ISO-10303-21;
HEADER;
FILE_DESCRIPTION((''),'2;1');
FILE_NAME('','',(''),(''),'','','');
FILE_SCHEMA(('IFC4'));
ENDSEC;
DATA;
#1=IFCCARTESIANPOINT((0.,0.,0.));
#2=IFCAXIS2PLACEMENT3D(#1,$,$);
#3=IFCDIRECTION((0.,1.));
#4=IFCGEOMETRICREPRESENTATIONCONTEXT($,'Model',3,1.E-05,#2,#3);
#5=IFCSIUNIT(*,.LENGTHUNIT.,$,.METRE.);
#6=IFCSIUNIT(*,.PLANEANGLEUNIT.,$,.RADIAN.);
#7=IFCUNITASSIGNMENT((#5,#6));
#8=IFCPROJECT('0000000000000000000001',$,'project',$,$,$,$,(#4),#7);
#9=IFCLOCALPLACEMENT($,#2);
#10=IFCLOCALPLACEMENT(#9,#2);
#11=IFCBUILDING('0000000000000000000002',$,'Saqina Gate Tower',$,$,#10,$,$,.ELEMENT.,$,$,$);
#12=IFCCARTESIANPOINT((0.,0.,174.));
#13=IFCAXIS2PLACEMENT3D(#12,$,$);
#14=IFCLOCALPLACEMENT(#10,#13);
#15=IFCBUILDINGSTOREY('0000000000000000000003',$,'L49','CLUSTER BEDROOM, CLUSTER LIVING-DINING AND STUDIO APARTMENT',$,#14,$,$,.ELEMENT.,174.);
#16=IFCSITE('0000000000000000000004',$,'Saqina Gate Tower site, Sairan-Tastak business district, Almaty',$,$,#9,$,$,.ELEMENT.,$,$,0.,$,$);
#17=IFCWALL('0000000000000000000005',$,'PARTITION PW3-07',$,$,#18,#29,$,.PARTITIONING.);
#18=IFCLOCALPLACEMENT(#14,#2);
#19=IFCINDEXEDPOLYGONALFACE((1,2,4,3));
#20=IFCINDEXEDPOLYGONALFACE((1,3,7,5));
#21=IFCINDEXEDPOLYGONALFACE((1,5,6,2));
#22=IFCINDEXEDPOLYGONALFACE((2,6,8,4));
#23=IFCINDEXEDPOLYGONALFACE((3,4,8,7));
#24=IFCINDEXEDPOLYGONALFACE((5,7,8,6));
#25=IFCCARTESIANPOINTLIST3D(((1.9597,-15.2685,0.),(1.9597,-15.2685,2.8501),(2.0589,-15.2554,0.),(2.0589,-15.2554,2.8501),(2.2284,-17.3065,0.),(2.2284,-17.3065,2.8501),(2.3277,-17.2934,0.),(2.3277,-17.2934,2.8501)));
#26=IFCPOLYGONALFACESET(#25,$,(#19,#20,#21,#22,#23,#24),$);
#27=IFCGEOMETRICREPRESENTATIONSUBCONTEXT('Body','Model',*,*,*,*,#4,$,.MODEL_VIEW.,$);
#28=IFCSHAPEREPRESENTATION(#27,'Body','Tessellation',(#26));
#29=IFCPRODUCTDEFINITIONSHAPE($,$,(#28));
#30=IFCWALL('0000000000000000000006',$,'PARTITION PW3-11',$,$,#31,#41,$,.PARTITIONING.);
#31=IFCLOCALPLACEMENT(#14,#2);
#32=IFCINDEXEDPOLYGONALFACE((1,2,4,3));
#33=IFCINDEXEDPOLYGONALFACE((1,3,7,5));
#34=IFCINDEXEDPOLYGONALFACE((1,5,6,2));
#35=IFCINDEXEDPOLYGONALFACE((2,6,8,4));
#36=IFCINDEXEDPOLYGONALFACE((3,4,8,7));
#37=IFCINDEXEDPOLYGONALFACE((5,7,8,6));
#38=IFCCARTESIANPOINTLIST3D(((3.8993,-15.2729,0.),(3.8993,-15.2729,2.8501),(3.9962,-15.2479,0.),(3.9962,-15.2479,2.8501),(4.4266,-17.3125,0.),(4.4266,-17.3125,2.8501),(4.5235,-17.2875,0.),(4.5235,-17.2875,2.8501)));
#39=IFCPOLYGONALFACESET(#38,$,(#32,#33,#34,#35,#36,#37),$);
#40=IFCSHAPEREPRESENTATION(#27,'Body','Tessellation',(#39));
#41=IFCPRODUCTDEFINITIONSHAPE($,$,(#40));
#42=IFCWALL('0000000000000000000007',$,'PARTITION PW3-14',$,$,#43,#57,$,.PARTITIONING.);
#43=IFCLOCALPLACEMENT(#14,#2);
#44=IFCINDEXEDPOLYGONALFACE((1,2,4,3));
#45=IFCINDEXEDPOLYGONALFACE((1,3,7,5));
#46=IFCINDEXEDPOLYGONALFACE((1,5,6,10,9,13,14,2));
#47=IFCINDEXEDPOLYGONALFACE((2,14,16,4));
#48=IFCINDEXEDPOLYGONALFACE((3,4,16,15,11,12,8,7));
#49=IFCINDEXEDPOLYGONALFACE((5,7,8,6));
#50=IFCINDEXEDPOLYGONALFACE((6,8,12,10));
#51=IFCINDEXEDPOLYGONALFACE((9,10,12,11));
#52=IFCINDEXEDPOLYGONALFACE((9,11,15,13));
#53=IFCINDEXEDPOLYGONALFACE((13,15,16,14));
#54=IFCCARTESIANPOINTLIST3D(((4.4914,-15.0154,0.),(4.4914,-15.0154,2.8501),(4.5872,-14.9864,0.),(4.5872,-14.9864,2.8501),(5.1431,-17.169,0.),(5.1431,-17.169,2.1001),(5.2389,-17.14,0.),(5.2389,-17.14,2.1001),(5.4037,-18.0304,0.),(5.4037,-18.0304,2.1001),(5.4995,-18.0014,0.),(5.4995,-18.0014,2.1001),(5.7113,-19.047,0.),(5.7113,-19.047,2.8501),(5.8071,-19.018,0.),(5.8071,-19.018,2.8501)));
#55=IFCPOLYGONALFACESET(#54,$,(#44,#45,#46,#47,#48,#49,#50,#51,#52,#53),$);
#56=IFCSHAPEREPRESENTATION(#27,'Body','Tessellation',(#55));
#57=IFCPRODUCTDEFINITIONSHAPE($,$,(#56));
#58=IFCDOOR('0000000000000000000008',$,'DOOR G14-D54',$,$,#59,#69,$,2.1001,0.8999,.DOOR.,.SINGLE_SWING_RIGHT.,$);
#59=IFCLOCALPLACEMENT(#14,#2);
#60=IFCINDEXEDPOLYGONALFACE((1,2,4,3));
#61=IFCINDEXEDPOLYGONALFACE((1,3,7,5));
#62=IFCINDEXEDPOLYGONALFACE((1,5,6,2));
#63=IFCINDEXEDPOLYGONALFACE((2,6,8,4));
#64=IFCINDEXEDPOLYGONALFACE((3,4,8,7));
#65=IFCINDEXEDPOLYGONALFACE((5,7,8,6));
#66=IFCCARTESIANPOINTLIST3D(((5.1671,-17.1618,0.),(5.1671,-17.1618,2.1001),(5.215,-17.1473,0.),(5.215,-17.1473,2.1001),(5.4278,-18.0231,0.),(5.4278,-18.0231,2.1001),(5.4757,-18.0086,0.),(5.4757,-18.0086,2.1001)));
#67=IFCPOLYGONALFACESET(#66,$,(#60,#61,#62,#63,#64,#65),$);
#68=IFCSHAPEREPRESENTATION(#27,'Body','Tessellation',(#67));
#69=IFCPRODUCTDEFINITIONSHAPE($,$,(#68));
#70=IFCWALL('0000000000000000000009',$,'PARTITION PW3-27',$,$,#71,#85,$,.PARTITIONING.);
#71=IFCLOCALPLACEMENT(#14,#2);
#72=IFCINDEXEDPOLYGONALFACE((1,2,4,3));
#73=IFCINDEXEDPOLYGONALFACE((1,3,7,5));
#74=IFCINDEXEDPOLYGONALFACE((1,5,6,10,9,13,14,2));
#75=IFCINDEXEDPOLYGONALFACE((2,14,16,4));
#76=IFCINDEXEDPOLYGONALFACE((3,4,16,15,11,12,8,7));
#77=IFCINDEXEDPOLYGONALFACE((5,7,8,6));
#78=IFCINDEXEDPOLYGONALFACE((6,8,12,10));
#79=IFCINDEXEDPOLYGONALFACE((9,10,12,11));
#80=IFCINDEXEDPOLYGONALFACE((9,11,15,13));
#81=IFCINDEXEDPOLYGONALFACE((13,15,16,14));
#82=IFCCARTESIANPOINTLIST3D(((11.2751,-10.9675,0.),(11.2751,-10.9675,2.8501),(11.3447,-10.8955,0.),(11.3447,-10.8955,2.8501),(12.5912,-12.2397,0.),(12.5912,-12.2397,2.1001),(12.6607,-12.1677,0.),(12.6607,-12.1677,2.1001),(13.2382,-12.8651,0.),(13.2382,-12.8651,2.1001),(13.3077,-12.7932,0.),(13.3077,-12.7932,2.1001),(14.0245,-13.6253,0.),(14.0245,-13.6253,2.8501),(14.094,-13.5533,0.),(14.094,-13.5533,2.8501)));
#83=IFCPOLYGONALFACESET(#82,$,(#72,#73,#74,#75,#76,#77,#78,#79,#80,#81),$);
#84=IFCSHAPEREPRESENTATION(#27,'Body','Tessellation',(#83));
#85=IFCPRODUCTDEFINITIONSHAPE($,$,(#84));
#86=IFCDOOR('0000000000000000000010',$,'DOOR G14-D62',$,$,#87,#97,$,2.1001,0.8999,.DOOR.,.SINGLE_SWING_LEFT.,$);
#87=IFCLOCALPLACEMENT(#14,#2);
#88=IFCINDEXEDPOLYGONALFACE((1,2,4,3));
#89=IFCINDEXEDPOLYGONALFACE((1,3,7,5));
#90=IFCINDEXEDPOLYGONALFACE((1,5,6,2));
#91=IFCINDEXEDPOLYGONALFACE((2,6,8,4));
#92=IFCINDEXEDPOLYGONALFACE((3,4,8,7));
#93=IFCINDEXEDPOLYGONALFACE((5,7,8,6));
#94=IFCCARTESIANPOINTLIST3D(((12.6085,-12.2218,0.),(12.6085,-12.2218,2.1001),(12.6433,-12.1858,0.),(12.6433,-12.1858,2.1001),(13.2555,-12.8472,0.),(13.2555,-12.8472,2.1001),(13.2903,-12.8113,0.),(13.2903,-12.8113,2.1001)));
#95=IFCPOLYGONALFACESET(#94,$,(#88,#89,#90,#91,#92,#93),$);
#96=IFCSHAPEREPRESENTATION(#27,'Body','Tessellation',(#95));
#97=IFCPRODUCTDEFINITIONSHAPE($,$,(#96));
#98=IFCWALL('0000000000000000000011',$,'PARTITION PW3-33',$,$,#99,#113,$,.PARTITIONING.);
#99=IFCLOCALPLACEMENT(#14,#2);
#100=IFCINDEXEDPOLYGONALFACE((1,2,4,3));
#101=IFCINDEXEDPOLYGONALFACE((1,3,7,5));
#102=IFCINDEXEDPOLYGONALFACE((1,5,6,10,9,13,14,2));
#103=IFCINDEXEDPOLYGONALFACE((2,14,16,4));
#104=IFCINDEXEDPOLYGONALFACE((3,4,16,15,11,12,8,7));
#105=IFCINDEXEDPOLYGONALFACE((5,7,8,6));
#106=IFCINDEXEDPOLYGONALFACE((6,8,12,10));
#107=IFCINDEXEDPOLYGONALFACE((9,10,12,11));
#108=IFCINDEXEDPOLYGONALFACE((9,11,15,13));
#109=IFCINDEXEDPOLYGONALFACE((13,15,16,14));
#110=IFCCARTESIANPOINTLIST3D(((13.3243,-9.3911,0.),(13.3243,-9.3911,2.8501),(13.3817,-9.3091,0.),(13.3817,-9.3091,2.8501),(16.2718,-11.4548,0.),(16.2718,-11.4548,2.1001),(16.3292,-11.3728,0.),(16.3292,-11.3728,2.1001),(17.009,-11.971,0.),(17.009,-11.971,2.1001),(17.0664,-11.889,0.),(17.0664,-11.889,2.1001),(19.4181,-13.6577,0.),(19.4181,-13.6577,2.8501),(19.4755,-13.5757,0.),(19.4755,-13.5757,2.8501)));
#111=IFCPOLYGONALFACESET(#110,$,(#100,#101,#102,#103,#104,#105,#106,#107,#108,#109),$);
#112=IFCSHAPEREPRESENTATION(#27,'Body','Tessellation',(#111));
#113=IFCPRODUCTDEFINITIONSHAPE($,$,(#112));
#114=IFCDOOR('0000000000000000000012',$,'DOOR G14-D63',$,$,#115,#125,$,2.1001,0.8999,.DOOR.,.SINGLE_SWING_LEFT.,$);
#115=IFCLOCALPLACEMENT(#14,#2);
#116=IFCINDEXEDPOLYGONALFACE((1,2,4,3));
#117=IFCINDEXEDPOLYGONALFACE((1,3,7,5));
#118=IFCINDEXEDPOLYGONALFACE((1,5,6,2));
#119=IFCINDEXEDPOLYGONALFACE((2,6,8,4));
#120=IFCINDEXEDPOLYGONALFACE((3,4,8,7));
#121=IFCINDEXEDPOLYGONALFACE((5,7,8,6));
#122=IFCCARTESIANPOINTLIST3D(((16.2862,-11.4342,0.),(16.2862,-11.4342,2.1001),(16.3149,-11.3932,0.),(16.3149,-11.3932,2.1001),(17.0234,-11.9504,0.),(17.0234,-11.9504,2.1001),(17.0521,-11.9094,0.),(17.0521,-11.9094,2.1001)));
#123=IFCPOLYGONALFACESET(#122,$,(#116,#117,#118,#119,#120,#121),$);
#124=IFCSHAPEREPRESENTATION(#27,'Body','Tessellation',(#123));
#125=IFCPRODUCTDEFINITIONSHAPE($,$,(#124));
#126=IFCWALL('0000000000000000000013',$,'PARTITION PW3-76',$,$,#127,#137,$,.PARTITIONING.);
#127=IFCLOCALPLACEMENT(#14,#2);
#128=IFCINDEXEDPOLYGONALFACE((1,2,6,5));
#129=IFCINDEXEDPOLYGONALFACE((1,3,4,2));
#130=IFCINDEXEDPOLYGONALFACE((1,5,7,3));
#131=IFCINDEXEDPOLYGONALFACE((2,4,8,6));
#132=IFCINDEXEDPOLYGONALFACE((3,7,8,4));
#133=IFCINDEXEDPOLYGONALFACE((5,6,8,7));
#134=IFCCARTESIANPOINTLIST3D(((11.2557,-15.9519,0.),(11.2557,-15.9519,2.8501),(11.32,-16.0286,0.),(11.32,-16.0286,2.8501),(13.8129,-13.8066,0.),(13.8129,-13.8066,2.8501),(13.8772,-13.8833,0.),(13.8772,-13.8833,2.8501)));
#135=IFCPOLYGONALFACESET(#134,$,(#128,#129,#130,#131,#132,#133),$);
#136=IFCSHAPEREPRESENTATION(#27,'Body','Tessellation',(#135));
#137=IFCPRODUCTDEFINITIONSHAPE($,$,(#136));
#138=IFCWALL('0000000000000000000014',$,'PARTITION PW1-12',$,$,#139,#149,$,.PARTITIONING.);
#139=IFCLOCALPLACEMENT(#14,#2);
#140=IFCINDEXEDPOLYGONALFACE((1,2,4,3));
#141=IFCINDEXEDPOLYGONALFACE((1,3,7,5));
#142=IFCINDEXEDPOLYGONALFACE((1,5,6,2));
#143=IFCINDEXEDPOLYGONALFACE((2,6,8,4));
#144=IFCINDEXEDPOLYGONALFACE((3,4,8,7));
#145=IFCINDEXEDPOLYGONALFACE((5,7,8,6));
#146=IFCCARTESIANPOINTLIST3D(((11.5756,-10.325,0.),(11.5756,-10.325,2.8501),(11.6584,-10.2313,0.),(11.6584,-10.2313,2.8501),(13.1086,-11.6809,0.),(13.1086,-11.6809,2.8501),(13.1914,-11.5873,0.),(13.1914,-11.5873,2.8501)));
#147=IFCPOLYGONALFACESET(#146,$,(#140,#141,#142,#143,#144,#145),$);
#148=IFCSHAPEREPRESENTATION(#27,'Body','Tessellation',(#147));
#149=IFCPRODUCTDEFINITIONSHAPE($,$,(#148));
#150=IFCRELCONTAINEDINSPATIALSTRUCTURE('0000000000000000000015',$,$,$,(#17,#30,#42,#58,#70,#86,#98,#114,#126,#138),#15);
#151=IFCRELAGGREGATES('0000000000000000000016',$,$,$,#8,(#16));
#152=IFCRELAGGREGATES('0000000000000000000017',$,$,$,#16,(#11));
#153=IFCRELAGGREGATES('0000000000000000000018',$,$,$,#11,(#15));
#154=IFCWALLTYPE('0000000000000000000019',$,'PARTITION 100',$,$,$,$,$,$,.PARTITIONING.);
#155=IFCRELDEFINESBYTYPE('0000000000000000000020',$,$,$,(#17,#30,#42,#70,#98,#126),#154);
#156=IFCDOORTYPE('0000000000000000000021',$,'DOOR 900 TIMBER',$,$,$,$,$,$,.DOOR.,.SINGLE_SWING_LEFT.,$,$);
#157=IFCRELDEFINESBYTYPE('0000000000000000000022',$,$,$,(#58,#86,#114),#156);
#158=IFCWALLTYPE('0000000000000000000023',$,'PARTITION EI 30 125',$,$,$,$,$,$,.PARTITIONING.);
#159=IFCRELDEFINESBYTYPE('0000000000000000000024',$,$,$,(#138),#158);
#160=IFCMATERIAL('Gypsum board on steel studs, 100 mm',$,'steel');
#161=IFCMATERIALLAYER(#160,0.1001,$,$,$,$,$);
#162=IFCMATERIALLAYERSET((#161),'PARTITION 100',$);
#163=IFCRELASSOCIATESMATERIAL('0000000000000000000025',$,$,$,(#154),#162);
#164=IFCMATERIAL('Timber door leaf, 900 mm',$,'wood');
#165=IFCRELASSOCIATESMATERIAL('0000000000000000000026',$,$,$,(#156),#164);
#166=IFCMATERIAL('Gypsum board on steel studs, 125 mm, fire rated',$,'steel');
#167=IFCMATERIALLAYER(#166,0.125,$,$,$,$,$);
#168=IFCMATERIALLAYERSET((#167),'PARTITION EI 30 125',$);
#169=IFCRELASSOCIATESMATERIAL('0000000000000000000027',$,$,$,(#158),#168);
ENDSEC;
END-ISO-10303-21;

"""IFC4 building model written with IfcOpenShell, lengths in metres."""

from ifc_helpers import new_model, si_unit, direction, frame, frame_2d, origin, place, context, subcontext, project, spatial, rectangle, extrude, material, layer, layer_set, type_object, element, fill, save


model = new_model("IFC4")

# Units and contexts
model_context = context("Model", 3, precision=1e-05, world=origin(), true_north=direction((0.0, 1.0)))
body_context = subcontext(model_context, "Body", "Model", "MODEL_VIEW")
ifc_project = project(units=[si_unit("LENGTHUNIT", "METRE"), si_unit("PLANEANGLEUNIT", "RADIAN")], contexts=[model_context])

# Site, building, storey
site_placement = place(None, origin())
site = spatial("IfcSite", under=ifc_project, at=site_placement, Name="Saqina Gate Tower site, Sairan-Tastak business district, Almaty", CompositionType="ELEMENT", RefElevation=0.0)
building_placement = place(site_placement, origin())
building = spatial("IfcBuilding", under=site, at=building_placement, Name="Saqina Gate Tower", CompositionType="ELEMENT")
storey_placement = place(building_placement, frame((0.0, 0.0, 174.0)))
storey = spatial("IfcBuildingStorey", under=building, at=storey_placement, Name="L49", Description="CLUSTER BEDROOM, CLUSTER LIVING-DINING AND STUDIO APARTMENT", CompositionType="ELEMENT", Elevation=174.0)

# Walls
ifc_material_1 = material(Name="Gypsum board on steel studs, 100 mm", Category="steel")
ifc_layer_1 = layer(ifc_material_1, 0.1001)
ifc_layer_set_1 = layer_set([ifc_layer_1], Name="PARTITION 100")
wall_type_1 = type_object("IfcWallType", Name="PARTITION 100", PredefinedType="PARTITIONING", material=ifc_layer_set_1)
wall_1_placement = place(storey_placement, frame((2.0093, -15.262, 0.0), z_axis=(0.0, 0.0, 1.0), x_axis=(0.130756, -0.991415, 0.0)))
element("IfcWall", 1, at=wall_1_placement, inside=storey, type_object=wall_type_1, Name="PARTITION PW3-07", PredefinedType="PARTITIONING", context=body_context, shape_type="SweptSolid", body=[
    extrude(rectangle(XDim=2.0557, YDim=0.1001, at=frame_2d((1.0278, 0.0))), origin(), (0.0, 0.0, 1.0), 2.8501),
])
wall_2_placement = place(storey_placement, frame((3.9478, -15.2605, 0.0), z_axis=(0.0, 0.0, 1.0), x_axis=(0.250327, -0.968161, 0.0)))
element("IfcWall", 2, at=wall_2_placement, inside=storey, type_object=wall_type_1, Name="PARTITION PW3-11", PredefinedType="PARTITIONING", context=body_context, shape_type="SweptSolid", body=[
    extrude(rectangle(XDim=2.1067, YDim=0.1001, at=frame_2d((1.0532, 0.0))), origin(), (0.0, 0.0, 1.0), 2.8501),
])

# Walls, openings, doors
wall_3_placement = place(storey_placement, frame((4.5393, -15.001, 0.0), z_axis=(0.0, 0.0, 1.0), x_axis=(0.289623, -0.957141, 0.0)))
wall_3 = element("IfcWall", 3, at=wall_3_placement, inside=storey, type_object=wall_type_1, Name="PARTITION PW3-14", PredefinedType="PARTITIONING", context=body_context, shape_type="SweptSolid", body=[
    extrude(rectangle(XDim=4.2122, YDim=0.1001, at=frame_2d((2.106, 0.0))), origin(), (0.0, 0.0, 1.0), 2.8501),
])
opening_1_placement = place(wall_3_placement, frame((2.25, 0.0, 0.0)))
opening_1 = element("IfcOpeningElement", 4, at=opening_1_placement, cuts=wall_3, PredefinedType="OPENING", context=body_context, shape_type="SweptSolid", body=[
    extrude(rectangle(XDim=0.8999, YDim=2.1001, at=frame_2d((0.45, 1.05))), frame((0.0, 0.062, 0.0), z_axis=(0.0, -1.0, 0.0), x_axis=(1.0, 0.0, 0.0)), (0.0, 0.0, 1.0), 0.124),
])
ifc_material_2 = material(Name="Timber door leaf, 900 mm", Category="wood")
door_type_1 = type_object("IfcDoorType", Name="DOOR 900 TIMBER", OperationType="SINGLE_SWING_LEFT", PredefinedType="DOOR", material=ifc_material_2)
door_1_placement = place(opening_1_placement, frame((0.8999, 0.0, 0.0), z_axis=(0.0, 0.0, 1.0), x_axis=(-1.0, 0.0, 0.0)))
door_1 = element("IfcDoor", 5, at=door_1_placement, inside=storey, type_object=door_type_1, Name="DOOR G14-D54", OperationType="SINGLE_SWING_RIGHT", OverallHeight=2.1001, OverallWidth=0.8999, PredefinedType="DOOR", context=body_context, shape_type="SweptSolid", body=[
    extrude(rectangle(XDim=0.8999, YDim=2.1001, at=frame_2d((0.45, 1.05))), frame((0.0, 0.0249, 0.0), z_axis=(0.0, -1.0, 0.0), x_axis=(1.0, 0.0, 0.0)), (0.0, 0.0, 1.0), 0.05),
])
fill(opening_1, door_1)
wall_4_placement = place(storey_placement, frame((11.3098, -10.9314, 0.0), z_axis=(0.0, 0.0, 1.0), x_axis=(0.718977, -0.695034, 0.0)))
wall_4 = element("IfcWall", 6, at=wall_4_placement, inside=storey, type_object=wall_type_1, Name="PARTITION PW3-27", PredefinedType="PARTITIONING", context=body_context, shape_type="SweptSolid", body=[
    extrude(rectangle(XDim=3.824, YDim=0.1001, at=frame_2d((1.9121, 0.0))), origin(), (0.0, 0.0, 1.0), 2.8501),
])
opening_2_placement = place(wall_4_placement, frame((1.8306, 0.0, 0.0)))
opening_2 = element("IfcOpeningElement", 7, at=opening_2_placement, cuts=wall_4, PredefinedType="OPENING", context=body_context, shape_type="SweptSolid", body=[
    extrude(rectangle(XDim=0.8999, YDim=2.1001, at=frame_2d((0.45, 1.05))), frame((0.0, 0.062, 0.0), z_axis=(0.0, -1.0, 0.0), x_axis=(1.0, 0.0, 0.0)), (0.0, 0.0, 1.0), 0.124),
])
door_2_placement = place(opening_2_placement, origin())
door_2 = element("IfcDoor", 8, at=door_2_placement, inside=storey, type_object=door_type_1, Name="DOOR G14-D62", OperationType="SINGLE_SWING_LEFT", OverallHeight=2.1001, OverallWidth=0.8999, PredefinedType="DOOR", context=body_context, shape_type="SweptSolid", body=[
    extrude(rectangle(XDim=0.8999, YDim=2.1001, at=frame_2d((0.45, 1.05))), frame((0.0, 0.0249, 0.0), z_axis=(0.0, -1.0, 0.0), x_axis=(1.0, 0.0, 0.0)), (0.0, 0.0, 1.0), 0.05),
])
fill(opening_2, door_2)
wall_5_placement = place(storey_placement, frame((13.353, -9.3501, 0.0), z_axis=(0.0, 0.0, 1.0), x_axis=(0.81917, -0.57355, 0.0)))
wall_5 = element("IfcWall", 9, at=wall_5_placement, inside=storey, type_object=wall_type_1, Name="PARTITION PW3-33", PredefinedType="PARTITIONING", context=body_context, shape_type="SweptSolid", body=[
    extrude(rectangle(XDim=7.439, YDim=0.1001, at=frame_2d((3.7195, 0.0))), origin(), (0.0, 0.0, 1.0), 2.8501),
])
opening_3_placement = place(wall_5_placement, frame((3.5981, 0.0, 0.0)))
opening_3 = element("IfcOpeningElement", 10, at=opening_3_placement, cuts=wall_5, PredefinedType="OPENING", context=body_context, shape_type="SweptSolid", body=[
    extrude(rectangle(XDim=0.8999, YDim=2.1001, at=frame_2d((0.45, 1.05))), frame((0.0, 0.062, 0.0), z_axis=(0.0, -1.0, 0.0), x_axis=(1.0, 0.0, 0.0)), (0.0, 0.0, 1.0), 0.124),
])
door_3_placement = place(opening_3_placement, frame((0.8999, 0.0, 0.0), z_axis=(0.0, 0.0, 1.0), x_axis=(-1.0, 0.0, 0.0)))
door_3 = element("IfcDoor", 11, at=door_3_placement, inside=storey, type_object=door_type_1, Name="DOOR G14-D63", OperationType="SINGLE_SWING_LEFT", OverallHeight=2.1001, OverallWidth=0.8999, PredefinedType="DOOR", context=body_context, shape_type="SweptSolid", body=[
    extrude(rectangle(XDim=0.8999, YDim=2.1001, at=frame_2d((0.45, 1.05))), frame((0.0, 0.0249, 0.0), z_axis=(0.0, -1.0, 0.0), x_axis=(1.0, 0.0, 0.0)), (0.0, 0.0, 1.0), 0.05),
])
fill(opening_3, door_3)

# Walls
wall_6_placement = place(storey_placement, frame((11.2878, -15.9902, 0.0), z_axis=(0.0, 0.0, 1.0), x_axis=(0.766107, 0.642713, 0.0)))
element("IfcWall", 12, at=wall_6_placement, inside=storey, type_object=wall_type_1, Name="PARTITION PW3-76", PredefinedType="PARTITIONING", context=body_context, shape_type="SweptSolid", body=[
    extrude(rectangle(XDim=3.3379, YDim=0.1001, at=frame_2d((1.6689, 0.0))), origin(), (0.0, 0.0, 1.0), 2.8501),
])
ifc_material_3 = material(Name="Gypsum board on steel studs, 125 mm, fire rated", Category="steel")
ifc_layer_2 = layer(ifc_material_3, 0.125)
ifc_layer_set_2 = layer_set([ifc_layer_2], Name="PARTITION EI 30 125")
wall_type_2 = type_object("IfcWallType", Name="PARTITION EI 30 125", PredefinedType="PARTITIONING", material=ifc_layer_set_2)
wall_7_placement = place(storey_placement, frame((11.6169, -10.2781, 0.0), z_axis=(0.0, 0.0, 1.0), x_axis=(0.749026, -0.66254, 0.0)))
element("IfcWall", 13, at=wall_7_placement, inside=storey, type_object=wall_type_2, Name="PARTITION PW1-12", PredefinedType="PARTITIONING", context=body_context, shape_type="SweptSolid", body=[
    extrude(rectangle(XDim=2.0466, YDim=0.125, at=frame_2d((1.0234, 0.0))), origin(), (0.0, 0.0, 1.0), 2.8501),
])

save(model, "model.ifc")
